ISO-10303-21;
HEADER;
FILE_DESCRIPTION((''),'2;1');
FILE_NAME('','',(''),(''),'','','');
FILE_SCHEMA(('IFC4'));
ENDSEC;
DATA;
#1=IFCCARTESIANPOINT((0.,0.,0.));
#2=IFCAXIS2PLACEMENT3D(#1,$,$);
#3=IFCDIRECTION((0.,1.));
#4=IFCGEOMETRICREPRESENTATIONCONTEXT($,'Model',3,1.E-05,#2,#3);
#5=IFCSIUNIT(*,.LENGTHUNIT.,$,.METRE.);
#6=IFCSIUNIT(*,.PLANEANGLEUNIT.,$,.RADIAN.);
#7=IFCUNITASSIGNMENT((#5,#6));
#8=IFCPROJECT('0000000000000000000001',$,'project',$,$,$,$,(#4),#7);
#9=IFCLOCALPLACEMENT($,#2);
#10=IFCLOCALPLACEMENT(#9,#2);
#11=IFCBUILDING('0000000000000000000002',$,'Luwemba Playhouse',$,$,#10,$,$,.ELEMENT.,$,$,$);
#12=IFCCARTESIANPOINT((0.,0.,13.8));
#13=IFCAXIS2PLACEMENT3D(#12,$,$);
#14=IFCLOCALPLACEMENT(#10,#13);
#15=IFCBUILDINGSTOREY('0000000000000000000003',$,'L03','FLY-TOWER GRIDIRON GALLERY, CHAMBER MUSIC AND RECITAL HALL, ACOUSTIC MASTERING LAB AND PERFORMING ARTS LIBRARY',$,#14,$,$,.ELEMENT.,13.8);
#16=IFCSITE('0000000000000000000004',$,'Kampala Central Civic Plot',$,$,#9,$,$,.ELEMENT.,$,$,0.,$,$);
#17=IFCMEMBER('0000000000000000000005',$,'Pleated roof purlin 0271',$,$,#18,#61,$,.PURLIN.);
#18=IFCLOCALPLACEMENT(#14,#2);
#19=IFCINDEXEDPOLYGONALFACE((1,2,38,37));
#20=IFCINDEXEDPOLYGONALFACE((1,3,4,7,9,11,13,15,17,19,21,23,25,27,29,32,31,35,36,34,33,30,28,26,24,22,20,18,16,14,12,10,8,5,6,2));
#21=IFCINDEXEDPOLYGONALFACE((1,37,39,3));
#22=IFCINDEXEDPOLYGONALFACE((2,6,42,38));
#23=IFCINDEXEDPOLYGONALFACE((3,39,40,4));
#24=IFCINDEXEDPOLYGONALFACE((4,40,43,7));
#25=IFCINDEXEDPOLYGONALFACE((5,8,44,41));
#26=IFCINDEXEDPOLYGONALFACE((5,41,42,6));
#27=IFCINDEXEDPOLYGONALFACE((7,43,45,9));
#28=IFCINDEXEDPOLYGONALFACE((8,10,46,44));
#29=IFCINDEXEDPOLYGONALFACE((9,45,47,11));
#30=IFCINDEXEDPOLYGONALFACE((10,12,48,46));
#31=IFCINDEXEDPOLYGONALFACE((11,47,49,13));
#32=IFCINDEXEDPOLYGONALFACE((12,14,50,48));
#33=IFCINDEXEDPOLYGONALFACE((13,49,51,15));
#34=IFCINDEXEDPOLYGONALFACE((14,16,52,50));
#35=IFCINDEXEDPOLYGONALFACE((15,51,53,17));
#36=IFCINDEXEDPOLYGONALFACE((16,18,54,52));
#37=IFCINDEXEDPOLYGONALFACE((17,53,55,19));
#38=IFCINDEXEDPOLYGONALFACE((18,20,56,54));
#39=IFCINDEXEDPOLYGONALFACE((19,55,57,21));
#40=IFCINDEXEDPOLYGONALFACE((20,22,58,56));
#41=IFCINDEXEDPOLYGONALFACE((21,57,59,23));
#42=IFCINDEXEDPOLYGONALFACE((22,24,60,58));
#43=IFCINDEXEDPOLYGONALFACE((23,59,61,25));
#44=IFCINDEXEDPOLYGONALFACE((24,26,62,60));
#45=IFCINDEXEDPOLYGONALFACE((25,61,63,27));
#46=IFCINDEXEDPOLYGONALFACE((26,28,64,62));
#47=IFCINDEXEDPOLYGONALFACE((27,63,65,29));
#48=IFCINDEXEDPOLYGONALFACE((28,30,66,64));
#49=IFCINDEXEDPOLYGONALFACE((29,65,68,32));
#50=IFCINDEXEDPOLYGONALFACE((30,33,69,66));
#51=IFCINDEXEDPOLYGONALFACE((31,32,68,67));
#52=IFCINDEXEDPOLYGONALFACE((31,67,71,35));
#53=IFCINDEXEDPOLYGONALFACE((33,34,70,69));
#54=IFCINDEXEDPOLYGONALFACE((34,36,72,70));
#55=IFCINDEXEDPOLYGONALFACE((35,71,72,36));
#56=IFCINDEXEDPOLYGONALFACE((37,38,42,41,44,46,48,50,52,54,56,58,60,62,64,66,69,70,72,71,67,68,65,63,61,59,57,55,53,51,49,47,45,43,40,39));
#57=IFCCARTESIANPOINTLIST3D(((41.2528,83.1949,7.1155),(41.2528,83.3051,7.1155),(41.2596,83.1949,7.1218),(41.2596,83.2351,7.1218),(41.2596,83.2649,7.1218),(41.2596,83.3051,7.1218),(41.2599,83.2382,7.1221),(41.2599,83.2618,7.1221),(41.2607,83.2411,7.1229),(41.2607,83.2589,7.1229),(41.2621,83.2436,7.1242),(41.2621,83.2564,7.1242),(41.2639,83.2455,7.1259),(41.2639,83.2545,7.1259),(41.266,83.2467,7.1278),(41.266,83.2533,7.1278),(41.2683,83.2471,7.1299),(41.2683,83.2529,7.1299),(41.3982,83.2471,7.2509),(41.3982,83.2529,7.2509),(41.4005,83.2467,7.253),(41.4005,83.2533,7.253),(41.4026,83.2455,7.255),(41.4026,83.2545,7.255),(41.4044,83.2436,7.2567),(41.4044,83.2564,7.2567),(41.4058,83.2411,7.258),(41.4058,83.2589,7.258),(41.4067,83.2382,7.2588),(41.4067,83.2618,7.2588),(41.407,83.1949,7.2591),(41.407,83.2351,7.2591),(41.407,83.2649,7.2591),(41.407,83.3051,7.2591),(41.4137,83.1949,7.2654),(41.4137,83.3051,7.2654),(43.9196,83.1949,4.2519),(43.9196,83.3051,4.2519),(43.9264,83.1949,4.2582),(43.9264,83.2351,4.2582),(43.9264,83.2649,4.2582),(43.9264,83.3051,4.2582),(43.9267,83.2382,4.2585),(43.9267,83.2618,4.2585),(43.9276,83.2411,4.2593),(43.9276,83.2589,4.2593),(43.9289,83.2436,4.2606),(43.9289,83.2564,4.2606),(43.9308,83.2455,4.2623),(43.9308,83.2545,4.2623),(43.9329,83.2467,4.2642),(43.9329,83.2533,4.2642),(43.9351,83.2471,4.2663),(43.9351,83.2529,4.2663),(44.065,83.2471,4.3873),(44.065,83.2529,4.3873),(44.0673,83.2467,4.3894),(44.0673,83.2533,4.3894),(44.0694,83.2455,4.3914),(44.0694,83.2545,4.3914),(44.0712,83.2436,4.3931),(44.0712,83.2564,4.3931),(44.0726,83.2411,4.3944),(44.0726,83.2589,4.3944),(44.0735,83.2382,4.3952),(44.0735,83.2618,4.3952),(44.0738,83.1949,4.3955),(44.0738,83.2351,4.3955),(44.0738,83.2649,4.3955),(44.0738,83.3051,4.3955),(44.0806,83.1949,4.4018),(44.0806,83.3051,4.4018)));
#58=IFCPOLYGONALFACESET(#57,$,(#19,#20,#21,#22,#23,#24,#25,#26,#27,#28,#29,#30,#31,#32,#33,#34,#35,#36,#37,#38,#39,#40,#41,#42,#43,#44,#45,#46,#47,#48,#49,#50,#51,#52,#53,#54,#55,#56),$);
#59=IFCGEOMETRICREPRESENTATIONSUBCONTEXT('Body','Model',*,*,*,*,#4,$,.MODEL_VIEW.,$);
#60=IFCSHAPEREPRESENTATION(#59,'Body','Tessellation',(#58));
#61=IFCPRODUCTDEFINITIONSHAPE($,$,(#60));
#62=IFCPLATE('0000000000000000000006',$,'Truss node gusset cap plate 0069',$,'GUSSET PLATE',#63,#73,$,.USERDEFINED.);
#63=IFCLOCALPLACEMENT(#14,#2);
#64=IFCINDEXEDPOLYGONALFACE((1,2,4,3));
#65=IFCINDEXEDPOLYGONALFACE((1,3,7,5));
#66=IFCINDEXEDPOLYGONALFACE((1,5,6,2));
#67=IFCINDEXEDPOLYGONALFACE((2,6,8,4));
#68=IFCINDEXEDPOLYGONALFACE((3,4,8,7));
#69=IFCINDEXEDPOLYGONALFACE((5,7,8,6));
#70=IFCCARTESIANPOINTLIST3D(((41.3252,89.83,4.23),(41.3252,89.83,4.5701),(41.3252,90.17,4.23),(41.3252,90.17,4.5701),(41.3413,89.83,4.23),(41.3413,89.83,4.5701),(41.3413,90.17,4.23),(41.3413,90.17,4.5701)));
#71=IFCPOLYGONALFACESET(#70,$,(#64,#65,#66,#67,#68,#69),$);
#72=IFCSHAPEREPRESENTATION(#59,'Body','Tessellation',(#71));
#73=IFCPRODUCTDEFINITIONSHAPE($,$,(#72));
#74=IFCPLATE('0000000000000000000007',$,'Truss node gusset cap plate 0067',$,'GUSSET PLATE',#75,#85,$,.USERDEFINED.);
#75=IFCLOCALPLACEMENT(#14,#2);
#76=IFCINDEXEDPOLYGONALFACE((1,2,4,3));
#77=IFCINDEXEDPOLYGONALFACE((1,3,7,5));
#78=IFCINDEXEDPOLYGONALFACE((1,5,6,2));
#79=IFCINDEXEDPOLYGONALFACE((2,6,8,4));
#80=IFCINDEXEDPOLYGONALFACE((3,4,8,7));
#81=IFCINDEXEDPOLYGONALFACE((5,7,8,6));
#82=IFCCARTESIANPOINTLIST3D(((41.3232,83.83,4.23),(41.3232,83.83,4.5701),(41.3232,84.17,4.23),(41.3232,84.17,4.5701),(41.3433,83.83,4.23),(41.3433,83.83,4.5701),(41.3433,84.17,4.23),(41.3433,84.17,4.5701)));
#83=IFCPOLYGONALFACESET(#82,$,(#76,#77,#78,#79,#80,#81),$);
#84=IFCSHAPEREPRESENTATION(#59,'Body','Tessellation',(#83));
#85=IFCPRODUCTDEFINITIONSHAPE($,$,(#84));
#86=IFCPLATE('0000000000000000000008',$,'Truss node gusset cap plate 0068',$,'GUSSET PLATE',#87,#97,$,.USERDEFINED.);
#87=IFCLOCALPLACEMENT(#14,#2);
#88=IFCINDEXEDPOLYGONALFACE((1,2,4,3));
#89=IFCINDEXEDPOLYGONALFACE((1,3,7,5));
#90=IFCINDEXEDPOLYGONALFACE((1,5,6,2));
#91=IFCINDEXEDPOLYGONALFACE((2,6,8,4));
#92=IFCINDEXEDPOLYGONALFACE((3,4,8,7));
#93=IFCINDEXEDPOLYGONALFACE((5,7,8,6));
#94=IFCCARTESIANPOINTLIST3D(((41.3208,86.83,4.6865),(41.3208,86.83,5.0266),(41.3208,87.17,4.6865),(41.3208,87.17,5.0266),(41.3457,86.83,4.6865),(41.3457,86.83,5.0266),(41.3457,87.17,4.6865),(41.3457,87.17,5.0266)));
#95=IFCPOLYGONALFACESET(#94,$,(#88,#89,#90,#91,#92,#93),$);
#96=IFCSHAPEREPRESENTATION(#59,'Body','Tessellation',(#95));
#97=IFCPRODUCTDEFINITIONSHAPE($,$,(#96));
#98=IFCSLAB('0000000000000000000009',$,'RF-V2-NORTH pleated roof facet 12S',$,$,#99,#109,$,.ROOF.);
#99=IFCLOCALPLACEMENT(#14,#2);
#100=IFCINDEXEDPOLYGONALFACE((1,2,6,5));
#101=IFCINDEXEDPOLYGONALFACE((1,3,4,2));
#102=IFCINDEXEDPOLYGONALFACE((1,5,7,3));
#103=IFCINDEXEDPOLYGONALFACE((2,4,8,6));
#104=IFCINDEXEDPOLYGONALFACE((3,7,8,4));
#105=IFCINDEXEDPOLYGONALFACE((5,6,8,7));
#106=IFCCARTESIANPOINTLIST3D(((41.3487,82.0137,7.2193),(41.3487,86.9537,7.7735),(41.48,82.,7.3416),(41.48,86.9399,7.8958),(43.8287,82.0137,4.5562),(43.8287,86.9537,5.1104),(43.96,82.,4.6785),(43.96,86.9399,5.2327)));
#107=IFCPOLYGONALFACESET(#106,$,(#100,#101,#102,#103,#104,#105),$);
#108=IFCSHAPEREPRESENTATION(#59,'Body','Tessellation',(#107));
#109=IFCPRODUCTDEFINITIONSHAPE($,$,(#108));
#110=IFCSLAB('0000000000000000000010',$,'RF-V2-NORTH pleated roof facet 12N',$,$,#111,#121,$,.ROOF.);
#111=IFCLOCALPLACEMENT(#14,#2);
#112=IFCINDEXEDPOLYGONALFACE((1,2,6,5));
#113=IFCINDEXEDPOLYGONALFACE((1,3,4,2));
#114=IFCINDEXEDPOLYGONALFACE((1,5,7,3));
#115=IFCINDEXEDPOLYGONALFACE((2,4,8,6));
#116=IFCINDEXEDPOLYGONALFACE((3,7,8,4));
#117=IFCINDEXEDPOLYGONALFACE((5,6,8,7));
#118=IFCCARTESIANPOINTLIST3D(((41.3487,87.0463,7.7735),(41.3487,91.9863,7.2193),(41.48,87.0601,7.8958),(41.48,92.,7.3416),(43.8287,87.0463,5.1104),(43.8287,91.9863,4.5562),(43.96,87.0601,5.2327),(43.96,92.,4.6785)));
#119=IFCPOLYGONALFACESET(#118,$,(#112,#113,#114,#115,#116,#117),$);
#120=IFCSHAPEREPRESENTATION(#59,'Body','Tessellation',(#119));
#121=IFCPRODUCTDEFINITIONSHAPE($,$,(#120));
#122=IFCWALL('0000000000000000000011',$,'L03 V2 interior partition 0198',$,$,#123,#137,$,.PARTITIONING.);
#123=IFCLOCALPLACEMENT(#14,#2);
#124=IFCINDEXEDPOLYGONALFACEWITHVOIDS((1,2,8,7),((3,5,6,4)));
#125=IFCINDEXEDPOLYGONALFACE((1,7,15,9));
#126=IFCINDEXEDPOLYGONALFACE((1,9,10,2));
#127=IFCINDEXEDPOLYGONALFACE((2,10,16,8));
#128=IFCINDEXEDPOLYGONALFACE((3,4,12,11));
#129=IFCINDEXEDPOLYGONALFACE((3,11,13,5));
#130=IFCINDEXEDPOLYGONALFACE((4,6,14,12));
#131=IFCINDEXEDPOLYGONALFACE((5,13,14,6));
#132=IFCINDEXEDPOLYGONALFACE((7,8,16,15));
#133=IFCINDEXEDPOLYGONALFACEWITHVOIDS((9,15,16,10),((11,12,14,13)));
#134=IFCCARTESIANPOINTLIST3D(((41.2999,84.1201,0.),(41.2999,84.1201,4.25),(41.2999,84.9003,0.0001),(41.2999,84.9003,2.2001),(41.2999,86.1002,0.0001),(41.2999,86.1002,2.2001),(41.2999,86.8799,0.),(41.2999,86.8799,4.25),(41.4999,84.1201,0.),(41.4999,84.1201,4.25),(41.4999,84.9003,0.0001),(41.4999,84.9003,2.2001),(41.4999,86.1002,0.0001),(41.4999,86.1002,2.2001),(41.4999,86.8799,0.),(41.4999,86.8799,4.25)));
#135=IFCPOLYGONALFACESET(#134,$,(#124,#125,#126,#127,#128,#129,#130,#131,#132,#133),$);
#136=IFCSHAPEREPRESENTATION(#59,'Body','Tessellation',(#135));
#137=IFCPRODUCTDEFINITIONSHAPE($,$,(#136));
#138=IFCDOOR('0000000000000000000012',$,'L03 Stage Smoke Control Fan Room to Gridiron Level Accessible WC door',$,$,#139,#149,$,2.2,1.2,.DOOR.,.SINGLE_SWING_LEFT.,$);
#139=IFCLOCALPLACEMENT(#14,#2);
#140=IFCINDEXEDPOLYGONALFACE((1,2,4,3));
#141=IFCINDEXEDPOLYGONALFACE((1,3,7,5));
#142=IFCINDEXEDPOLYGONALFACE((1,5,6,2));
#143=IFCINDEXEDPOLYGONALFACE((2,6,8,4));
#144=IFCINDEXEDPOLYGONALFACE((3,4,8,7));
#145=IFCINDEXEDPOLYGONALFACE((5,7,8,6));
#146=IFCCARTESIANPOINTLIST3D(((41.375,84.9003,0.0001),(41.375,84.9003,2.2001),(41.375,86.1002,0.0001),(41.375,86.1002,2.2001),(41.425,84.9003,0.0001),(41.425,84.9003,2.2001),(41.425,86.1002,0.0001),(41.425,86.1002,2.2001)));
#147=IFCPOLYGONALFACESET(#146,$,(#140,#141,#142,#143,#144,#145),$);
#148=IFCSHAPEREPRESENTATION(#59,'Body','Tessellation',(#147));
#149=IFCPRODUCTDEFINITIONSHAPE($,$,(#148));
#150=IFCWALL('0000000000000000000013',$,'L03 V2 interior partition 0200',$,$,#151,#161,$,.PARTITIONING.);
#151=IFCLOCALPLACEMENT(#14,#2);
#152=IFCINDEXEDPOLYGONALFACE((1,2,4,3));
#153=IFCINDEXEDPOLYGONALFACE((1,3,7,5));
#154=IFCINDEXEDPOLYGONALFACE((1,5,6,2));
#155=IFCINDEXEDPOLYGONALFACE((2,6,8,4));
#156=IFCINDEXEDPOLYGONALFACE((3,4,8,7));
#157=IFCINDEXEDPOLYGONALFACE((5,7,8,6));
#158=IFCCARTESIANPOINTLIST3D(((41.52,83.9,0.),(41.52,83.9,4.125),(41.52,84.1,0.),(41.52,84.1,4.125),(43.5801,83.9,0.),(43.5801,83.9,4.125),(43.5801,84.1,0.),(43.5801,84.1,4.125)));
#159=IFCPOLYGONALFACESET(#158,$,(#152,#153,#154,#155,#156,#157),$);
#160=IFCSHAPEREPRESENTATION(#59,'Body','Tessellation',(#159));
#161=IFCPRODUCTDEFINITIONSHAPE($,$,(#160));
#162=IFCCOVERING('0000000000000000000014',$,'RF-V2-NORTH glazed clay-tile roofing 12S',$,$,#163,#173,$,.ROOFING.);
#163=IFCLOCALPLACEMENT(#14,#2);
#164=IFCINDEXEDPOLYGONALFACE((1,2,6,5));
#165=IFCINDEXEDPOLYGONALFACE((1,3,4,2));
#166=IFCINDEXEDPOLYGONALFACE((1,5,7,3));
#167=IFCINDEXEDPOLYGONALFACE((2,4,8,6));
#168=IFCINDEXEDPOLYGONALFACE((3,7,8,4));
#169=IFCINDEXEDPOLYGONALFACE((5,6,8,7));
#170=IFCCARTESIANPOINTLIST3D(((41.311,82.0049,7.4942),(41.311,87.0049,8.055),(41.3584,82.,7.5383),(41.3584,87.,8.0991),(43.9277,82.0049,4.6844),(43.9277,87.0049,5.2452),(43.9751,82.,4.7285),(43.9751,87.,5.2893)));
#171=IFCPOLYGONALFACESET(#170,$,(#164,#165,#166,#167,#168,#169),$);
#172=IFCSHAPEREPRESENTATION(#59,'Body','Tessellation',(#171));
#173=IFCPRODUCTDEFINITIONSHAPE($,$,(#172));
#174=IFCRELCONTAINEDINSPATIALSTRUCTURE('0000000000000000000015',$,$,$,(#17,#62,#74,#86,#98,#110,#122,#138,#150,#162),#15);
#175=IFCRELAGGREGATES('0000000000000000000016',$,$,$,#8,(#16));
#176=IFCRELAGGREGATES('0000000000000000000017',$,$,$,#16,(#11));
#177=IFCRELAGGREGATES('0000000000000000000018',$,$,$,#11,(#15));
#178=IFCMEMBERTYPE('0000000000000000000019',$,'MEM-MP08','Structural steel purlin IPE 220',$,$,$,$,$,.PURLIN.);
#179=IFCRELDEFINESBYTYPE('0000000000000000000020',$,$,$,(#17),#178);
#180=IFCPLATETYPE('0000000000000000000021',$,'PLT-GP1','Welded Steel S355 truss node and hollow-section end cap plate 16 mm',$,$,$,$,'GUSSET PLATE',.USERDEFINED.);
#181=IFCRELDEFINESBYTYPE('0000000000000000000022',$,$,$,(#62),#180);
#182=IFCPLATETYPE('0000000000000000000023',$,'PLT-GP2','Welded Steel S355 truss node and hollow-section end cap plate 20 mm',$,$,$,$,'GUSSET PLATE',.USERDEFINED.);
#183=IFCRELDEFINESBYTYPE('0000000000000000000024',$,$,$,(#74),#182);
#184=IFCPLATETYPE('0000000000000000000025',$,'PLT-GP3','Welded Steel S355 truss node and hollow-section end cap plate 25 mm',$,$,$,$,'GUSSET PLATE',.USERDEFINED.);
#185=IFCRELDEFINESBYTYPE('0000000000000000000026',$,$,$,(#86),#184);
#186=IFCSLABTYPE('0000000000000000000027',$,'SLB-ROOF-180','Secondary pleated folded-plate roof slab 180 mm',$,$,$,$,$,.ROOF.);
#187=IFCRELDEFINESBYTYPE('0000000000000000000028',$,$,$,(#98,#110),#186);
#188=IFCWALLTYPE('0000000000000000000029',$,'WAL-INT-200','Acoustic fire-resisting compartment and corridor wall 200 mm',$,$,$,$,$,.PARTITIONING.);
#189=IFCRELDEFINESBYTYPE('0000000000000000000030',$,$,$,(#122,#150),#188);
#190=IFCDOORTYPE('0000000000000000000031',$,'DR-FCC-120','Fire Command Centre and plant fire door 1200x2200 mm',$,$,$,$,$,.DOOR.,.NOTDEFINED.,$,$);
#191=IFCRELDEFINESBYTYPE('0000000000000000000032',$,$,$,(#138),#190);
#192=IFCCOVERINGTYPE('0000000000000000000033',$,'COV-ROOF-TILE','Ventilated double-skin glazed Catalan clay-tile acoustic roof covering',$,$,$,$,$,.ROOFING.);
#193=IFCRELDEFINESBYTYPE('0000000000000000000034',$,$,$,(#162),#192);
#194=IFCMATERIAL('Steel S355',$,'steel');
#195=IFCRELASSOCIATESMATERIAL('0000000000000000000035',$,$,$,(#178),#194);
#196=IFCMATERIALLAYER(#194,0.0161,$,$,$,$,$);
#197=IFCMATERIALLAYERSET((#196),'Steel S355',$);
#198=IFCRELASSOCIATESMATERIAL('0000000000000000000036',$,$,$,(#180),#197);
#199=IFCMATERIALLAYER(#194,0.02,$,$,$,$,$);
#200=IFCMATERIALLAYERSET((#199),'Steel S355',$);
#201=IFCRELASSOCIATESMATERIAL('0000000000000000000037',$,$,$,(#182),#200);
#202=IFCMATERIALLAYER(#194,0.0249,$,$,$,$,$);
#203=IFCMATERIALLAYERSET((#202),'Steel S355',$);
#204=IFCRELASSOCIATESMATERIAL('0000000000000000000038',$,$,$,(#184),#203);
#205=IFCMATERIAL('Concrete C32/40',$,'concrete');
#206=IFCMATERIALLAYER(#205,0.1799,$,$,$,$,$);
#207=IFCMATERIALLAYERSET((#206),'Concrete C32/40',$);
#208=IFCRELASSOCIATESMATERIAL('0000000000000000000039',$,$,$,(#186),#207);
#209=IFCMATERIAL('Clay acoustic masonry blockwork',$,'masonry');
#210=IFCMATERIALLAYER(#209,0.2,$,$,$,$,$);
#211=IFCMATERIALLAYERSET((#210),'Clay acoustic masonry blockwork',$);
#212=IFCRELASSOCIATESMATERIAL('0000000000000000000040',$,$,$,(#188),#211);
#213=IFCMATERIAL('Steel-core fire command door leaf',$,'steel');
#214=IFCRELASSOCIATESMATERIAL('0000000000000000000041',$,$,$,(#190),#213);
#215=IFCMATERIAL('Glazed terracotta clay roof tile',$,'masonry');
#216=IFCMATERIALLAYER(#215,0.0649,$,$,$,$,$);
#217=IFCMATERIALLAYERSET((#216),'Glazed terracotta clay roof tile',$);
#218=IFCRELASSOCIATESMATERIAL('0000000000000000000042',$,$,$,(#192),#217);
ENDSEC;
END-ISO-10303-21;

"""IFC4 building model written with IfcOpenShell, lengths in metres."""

from ifc_helpers import new_model, si_unit, direction, frame, frame_2d, origin, origin_2d, place, context, subcontext, project, spatial, polyline, rectangle, i_section, outline, extrude, material, layer, layer_set, material_profile, profile_set, type_object, element, fill, save


model = new_model("IFC4")

# Units and contexts
model_context = context("Model", 3, precision=1e-05, world=origin(), true_north=direction((0.0, 1.0)))
body_context = subcontext(model_context, "Body", "Model", "MODEL_VIEW")
ifc_project = project(units=[si_unit("LENGTHUNIT", "METRE"), si_unit("PLANEANGLEUNIT", "RADIAN")], contexts=[model_context])

# Site, building, storey
site_placement = place(None, origin())
site = spatial("IfcSite", under=ifc_project, at=site_placement, Name="Kampala Central Civic Plot", CompositionType="ELEMENT", RefElevation=0.0)
building_placement = place(site_placement, origin())
building = spatial("IfcBuilding", under=site, at=building_placement, Name="Luwemba Playhouse", CompositionType="ELEMENT")
storey_placement = place(building_placement, frame((0.0, 0.0, 13.8)))
storey = spatial("IfcBuildingStorey", under=building, at=storey_placement, Name="L03", Description="FLY-TOWER GRIDIRON GALLERY, CHAMBER MUSIC AND RECITAL HALL, ACOUSTIC MASTERING LAB AND PERFORMING ARTS LIBRARY", CompositionType="ELEMENT", Elevation=13.8)

# Shared definitions
ifc_material_1 = material(Name="Steel S355", Category="steel")

# Member
ifc_material_profile_1 = material_profile(ifc_material_1, i_section(OverallWidth=0.1101, OverallDepth=0.22, WebThickness=0.0059, FlangeThickness=0.0093, FilletRadius=0.012, at=origin_2d()))
ifc_profile_set_1 = profile_set([ifc_material_profile_1], Name="Steel S355")
member_type_1 = type_object("IfcMemberType", Name="MEM-MP08", Description="Structural steel purlin IPE 220", PredefinedType="PURLIN", material=ifc_profile_set_1)
member_1_placement = place(storey_placement, frame((41.3333, 83.25, 7.1904), z_axis=(0.681515, 0.0, -0.731804), x_axis=(0.0, 1.0, 0.0)))
element("IfcMember", 1, at=member_1_placement, inside=storey, type_object=member_type_1, Name="Pleated roof purlin 0271", PredefinedType="PURLIN", context=body_context, shape_type="SweptSolid", body=[
    extrude(i_section(OverallWidth=0.1101, OverallDepth=0.22, WebThickness=0.0059, FlangeThickness=0.0093, FilletRadius=0.012, at=origin_2d()), origin(), (0.0, 0.0, 1.0), 3.9131),
])

# Plates
ifc_layer_1 = layer(ifc_material_1, 0.0161)
ifc_layer_set_1 = layer_set([ifc_layer_1], Name="Steel S355")
plate_type_1 = type_object("IfcPlateType", Name="PLT-GP1", Description="Welded Steel S355 truss node and hollow-section end cap plate 16 mm", ElementType="GUSSET PLATE", PredefinedType="USERDEFINED", material=ifc_layer_set_1)
plate_1_placement = place(storey_placement, frame((41.3333, 90.0, 4.23), z_axis=(0.0, 0.0, 1.0), x_axis=(1.0, 0.0, 0.0)))
element("IfcPlate", 2, at=plate_1_placement, inside=storey, type_object=plate_type_1, Name="Truss node gusset cap plate 0069", ObjectType="GUSSET PLATE", PredefinedType="USERDEFINED", context=body_context, shape_type="SweptSolid", body=[
    extrude(rectangle(XDim=0.0161, YDim=0.3401, at=origin_2d()), origin(), (0.0, 0.0, 1.0), 0.3401),
])
ifc_layer_2 = layer(ifc_material_1, 0.02)
ifc_layer_set_2 = layer_set([ifc_layer_2], Name="Steel S355")
plate_type_2 = type_object("IfcPlateType", Name="PLT-GP2", Description="Welded Steel S355 truss node and hollow-section end cap plate 20 mm", ElementType="GUSSET PLATE", PredefinedType="USERDEFINED", material=ifc_layer_set_2)
plate_2_placement = place(storey_placement, frame((41.3333, 84.0, 4.23), z_axis=(0.0, 0.0, 1.0), x_axis=(1.0, 0.0, 0.0)))
element("IfcPlate", 3, at=plate_2_placement, inside=storey, type_object=plate_type_2, Name="Truss node gusset cap plate 0067", ObjectType="GUSSET PLATE", PredefinedType="USERDEFINED", context=body_context, shape_type="SweptSolid", body=[
    extrude(rectangle(XDim=0.02, YDim=0.3401, at=origin_2d()), origin(), (0.0, 0.0, 1.0), 0.3401),
])
ifc_layer_3 = layer(ifc_material_1, 0.0249)
ifc_layer_set_3 = layer_set([ifc_layer_3], Name="Steel S355")
plate_type_3 = type_object("IfcPlateType", Name="PLT-GP3", Description="Welded Steel S355 truss node and hollow-section end cap plate 25 mm", ElementType="GUSSET PLATE", PredefinedType="USERDEFINED", material=ifc_layer_set_3)
plate_3_placement = place(storey_placement, frame((41.3333, 87.0, 4.6865), z_axis=(0.0, 0.0, 1.0), x_axis=(1.0, 0.0, 0.0)))
element("IfcPlate", 4, at=plate_3_placement, inside=storey, type_object=plate_type_3, Name="Truss node gusset cap plate 0068", ObjectType="GUSSET PLATE", PredefinedType="USERDEFINED", context=body_context, shape_type="SweptSolid", body=[
    extrude(rectangle(XDim=0.0249, YDim=0.3401, at=origin_2d()), origin(), (0.0, 0.0, 1.0), 0.3401),
])

# Slabs
ifc_material_2 = material(Name="Concrete C32/40", Category="concrete")
ifc_layer_4 = layer(ifc_material_2, 0.1799)
ifc_layer_set_4 = layer_set([ifc_layer_4], Name="Concrete C32/40")
slab_type = type_object("IfcSlabType", Name="SLB-ROOF-180", Description="Secondary pleated folded-plate roof slab 180 mm", PredefinedType="ROOF", material=ifc_layer_set_4)
slab_1_placement = place(storey_placement, frame((41.48, 82.0, 7.3416), z_axis=(0.729688, -0.076233, 0.679517), x_axis=(0.6815, 0.0, -0.731818)))
element("IfcSlab", 5, at=slab_1_placement, inside=storey, type_object=slab_type, Name="RF-V2-NORTH pleated roof facet 12S", PredefinedType="ROOF", context=body_context, shape_type="SweptSolid", body=[
    extrude(outline(polyline([(0.0, 0.0), (3.639, 0.0), (3.2334, 4.9544), (-0.4056, 4.9544), (0.0, 0.0)])), origin(), (0.0, 0.0, -1.0), 0.1799),
])
slab_2_placement = place(storey_placement, frame((41.48, 87.0601, 7.8958), z_axis=(0.729688, 0.076233, 0.679517), x_axis=(0.6815, 0.0, -0.731818)))
element("IfcSlab", 6, at=slab_2_placement, inside=storey, type_object=slab_type, Name="RF-V2-NORTH pleated roof facet 12N", PredefinedType="ROOF", context=body_context, shape_type="SweptSolid", body=[
    extrude(outline(polyline([(0.0, 0.0), (3.639, 0.0), (4.0446, 4.9544), (0.4056, 4.9544), (0.0, 0.0)])), origin(), (0.0, 0.0, -1.0), 0.1799),
])

# Wall, opening, door
ifc_material_3 = material(Name="Clay acoustic masonry blockwork", Category="masonry")
ifc_layer_5 = layer(ifc_material_3, 0.2)
ifc_layer_set_5 = layer_set([ifc_layer_5], Name="Clay acoustic masonry blockwork")
wall_type = type_object("IfcWallType", Name="WAL-INT-200", Description="Acoustic fire-resisting compartment and corridor wall 200 mm", PredefinedType="PARTITIONING", material=ifc_layer_set_5)
wall_1_placement = place(storey_placement, frame((41.3999, 84.1201, 0.0), z_axis=(0.0, 0.0, 1.0), x_axis=(0.0, 1.0, 0.0)))
wall_1 = element("IfcWall", 7, at=wall_1_placement, inside=storey, type_object=wall_type, Name="L03 V2 interior partition 0198", PredefinedType="PARTITIONING", context=body_context, shape_type="SweptSolid", body=[
    extrude(rectangle(XDim=2.7598, YDim=0.2, at=frame_2d((1.3799, 0.0))), origin(), (0.0, 0.0, 1.0), 4.25),
])
opening_placement = place(wall_1_placement, frame((0.78, 0.0, 0.0)))
opening = element("IfcOpeningElement", 8, at=opening_placement, cuts=wall_1, PredefinedType="OPENING", context=body_context, shape_type="SweptSolid", body=[
    extrude(rectangle(XDim=1.2, YDim=2.2, at=frame_2d((0.6001, 1.1001))), frame((0.0, 0.1099, 0.0), z_axis=(0.0, -1.0, 0.0), x_axis=(1.0, 0.0, 0.0)), (0.0, 0.0, 1.0), 0.22),
])
ifc_material_4 = material(Name="Steel-core fire command door leaf", Category="steel")
door_type = type_object("IfcDoorType", Name="DR-FCC-120", Description="Fire Command Centre and plant fire door 1200x2200 mm", OperationType="NOTDEFINED", PredefinedType="DOOR", material=ifc_material_4)
door_placement = place(opening_placement, origin())
door = element("IfcDoor", 9, at=door_placement, inside=storey, type_object=door_type, Name="L03 Stage Smoke Control Fan Room to Gridiron Level Accessible WC door", OperationType="SINGLE_SWING_LEFT", OverallHeight=2.2, OverallWidth=1.2, PredefinedType="DOOR", context=body_context, shape_type="SweptSolid", body=[
    extrude(rectangle(XDim=1.2, YDim=2.2, at=frame_2d((0.6001, 1.1001))), frame((0.0, 0.0249, 0.0), z_axis=(0.0, -1.0, 0.0), x_axis=(1.0, 0.0, 0.0)), (0.0, 0.0, 1.0), 0.05),
])
fill(opening, door)

# Wall
wall_2_placement = place(storey_placement, frame((41.52, 84.0, 0.0), z_axis=(0.0, 0.0, 1.0), x_axis=(1.0, 0.0, 0.0)))
element("IfcWall", 10, at=wall_2_placement, inside=storey, type_object=wall_type, Name="L03 V2 interior partition 0200", PredefinedType="PARTITIONING", context=body_context, shape_type="SweptSolid", body=[
    extrude(rectangle(XDim=2.0601, YDim=0.2, at=frame_2d((1.03, 0.0))), origin(), (0.0, 0.0, 1.0), 4.125),
])

# Covering
ifc_material_5 = material(Name="Glazed terracotta clay roof tile", Category="masonry")
ifc_layer_6 = layer(ifc_material_5, 0.0649)
ifc_layer_set_6 = layer_set([ifc_layer_6], Name="Glazed terracotta clay roof tile")
covering_type = type_object("IfcCoveringType", Name="COV-ROOF-TILE", Description="Ventilated double-skin glazed Catalan clay-tile acoustic roof covering", PredefinedType="ROOFING", material=ifc_layer_set_6)
covering_1_placement = place(storey_placement, frame((41.3584, 82.0, 7.5383), z_axis=(0.729679, -0.076215, 0.679529), x_axis=(0.681511, 0.0, -0.731808)))
element("IfcCovering", 11, at=covering_1_placement, inside=storey, type_object=covering_type, Name="RF-V2-NORTH glazed clay-tile roofing 12S", PredefinedType="ROOFING", context=body_context, shape_type="SweptSolid", body=[
    extrude(outline(polyline([(0.0, 0.0), (3.8396, 0.0), (3.4292, 5.0146), (-0.4104, 5.0146), (0.0, 0.0)])), origin(), (0.0, 0.0, -1.0), 0.0649),
])

save(model, "model.ifc")
